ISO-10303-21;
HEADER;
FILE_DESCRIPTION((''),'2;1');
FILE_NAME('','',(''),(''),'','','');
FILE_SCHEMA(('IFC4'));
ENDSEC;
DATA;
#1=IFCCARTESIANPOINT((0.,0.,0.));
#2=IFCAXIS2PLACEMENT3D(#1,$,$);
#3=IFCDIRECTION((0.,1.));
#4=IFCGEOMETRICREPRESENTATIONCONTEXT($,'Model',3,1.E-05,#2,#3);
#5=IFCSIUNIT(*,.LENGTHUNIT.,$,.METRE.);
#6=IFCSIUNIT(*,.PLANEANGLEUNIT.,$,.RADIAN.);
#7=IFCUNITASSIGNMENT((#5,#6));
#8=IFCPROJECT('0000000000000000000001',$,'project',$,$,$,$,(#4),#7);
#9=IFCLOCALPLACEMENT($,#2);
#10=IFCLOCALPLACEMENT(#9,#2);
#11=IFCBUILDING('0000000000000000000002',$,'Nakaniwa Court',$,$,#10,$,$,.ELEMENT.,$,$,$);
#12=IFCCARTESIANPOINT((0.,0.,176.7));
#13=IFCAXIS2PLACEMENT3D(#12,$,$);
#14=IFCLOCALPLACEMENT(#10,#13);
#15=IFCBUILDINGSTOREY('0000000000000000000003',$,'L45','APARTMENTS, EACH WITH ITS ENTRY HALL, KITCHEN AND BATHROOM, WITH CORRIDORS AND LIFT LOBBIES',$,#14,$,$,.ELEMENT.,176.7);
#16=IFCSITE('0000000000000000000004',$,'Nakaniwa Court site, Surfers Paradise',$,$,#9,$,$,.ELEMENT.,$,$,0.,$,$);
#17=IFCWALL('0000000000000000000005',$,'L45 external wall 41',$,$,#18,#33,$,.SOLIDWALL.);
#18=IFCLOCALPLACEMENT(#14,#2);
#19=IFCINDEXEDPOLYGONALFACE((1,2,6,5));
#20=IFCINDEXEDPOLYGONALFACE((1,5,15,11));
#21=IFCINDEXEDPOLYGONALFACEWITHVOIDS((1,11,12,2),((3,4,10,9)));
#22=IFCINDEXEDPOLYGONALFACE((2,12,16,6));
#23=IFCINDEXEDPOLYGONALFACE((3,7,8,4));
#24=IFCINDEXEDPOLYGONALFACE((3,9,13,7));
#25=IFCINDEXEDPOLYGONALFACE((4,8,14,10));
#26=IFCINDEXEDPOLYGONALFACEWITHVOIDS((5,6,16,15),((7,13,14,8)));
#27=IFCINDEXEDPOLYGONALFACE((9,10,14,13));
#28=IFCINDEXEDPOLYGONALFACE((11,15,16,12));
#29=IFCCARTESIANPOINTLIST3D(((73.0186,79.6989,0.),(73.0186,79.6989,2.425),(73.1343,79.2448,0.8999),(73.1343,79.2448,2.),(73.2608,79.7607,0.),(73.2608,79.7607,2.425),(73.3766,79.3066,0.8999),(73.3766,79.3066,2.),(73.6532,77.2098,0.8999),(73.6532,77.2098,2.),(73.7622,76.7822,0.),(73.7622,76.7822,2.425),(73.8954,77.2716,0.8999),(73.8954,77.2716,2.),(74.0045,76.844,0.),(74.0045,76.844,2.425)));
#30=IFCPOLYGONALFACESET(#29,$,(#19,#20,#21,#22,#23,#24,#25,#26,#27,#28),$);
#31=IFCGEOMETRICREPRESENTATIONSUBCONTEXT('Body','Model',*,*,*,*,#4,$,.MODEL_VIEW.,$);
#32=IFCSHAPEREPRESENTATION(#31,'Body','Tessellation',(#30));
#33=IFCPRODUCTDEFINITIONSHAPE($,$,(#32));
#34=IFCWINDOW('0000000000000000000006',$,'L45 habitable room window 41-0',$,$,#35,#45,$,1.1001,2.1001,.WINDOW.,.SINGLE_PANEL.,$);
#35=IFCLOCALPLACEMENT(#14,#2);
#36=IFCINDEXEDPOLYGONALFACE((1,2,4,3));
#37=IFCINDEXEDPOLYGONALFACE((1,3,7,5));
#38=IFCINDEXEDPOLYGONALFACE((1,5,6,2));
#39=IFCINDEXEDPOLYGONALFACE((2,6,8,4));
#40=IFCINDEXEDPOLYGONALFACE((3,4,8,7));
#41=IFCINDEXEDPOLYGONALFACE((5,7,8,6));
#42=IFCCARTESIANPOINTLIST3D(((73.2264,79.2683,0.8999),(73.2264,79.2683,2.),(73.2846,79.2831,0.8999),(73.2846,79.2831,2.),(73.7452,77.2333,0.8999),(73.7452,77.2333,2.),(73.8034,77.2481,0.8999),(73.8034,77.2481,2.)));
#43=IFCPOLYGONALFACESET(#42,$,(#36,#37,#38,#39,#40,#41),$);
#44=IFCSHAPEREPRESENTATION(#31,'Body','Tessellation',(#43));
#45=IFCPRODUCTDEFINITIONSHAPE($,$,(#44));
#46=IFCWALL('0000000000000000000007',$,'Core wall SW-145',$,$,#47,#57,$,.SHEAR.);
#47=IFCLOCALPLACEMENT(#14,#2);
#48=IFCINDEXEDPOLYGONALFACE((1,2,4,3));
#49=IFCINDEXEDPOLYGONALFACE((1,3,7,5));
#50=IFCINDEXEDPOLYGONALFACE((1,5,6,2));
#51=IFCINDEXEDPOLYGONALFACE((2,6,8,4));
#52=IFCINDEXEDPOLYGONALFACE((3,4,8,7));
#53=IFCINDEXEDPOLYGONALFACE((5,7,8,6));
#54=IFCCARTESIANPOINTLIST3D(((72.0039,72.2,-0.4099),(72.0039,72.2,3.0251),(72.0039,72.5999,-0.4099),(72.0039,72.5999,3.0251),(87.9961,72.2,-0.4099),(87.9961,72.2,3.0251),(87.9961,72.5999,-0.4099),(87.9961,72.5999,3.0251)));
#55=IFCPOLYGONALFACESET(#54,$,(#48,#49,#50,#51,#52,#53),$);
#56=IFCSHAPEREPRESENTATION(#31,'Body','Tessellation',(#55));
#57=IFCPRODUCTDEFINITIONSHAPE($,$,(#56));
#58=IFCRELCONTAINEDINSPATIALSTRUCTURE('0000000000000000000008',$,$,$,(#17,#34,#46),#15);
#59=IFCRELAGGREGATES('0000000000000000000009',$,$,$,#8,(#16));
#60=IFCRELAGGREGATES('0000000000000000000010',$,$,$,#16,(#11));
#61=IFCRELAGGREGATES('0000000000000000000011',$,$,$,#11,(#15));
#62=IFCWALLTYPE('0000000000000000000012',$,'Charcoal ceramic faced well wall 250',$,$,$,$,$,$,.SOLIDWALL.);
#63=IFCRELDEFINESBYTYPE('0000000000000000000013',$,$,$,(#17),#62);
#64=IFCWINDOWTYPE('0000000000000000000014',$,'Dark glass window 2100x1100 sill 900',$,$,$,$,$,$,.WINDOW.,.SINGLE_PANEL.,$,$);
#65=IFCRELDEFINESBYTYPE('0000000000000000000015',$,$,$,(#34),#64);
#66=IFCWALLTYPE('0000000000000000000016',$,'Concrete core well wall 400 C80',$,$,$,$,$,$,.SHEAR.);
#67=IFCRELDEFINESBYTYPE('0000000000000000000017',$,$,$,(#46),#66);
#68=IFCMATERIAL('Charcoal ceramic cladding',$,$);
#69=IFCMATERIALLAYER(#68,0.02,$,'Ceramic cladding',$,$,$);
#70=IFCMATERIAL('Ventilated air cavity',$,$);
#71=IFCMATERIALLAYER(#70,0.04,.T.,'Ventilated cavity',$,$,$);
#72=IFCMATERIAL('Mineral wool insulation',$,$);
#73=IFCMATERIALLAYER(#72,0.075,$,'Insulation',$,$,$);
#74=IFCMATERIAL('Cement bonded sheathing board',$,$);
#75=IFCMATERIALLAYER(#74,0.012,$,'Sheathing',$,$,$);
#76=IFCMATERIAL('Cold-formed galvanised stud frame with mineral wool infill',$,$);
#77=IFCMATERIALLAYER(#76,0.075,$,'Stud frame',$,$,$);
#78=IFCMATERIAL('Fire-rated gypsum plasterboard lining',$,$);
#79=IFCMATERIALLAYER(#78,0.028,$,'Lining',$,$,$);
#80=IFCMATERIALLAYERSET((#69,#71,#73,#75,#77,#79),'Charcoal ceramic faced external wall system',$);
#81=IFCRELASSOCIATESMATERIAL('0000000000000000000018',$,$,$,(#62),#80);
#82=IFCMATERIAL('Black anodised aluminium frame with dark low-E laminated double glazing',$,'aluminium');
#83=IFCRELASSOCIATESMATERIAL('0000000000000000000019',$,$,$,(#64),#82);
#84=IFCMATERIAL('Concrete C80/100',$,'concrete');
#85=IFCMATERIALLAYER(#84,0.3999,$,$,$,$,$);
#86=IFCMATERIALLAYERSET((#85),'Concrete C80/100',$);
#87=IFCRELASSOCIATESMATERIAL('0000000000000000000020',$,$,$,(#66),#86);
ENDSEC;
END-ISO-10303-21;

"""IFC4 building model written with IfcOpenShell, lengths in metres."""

from ifc_helpers import new_model, si_unit, direction, frame, frame_2d, origin, place, context, subcontext, project, spatial, rectangle, extrude, material, layer, layer_set, type_object, element, fill, save


model = new_model("IFC4")

# Units and contexts
model_context = context("Model", 3, precision=1e-05, world=origin(), true_north=direction((0.0, 1.0)))
body_context = subcontext(model_context, "Body", "Model", "MODEL_VIEW")
ifc_project = project(units=[si_unit("LENGTHUNIT", "METRE"), si_unit("PLANEANGLEUNIT", "RADIAN")], contexts=[model_context])

# Site, building, storey
site_placement = place(None, origin())
site = spatial("IfcSite", under=ifc_project, at=site_placement, Name="Nakaniwa Court site, Surfers Paradise", CompositionType="ELEMENT", RefElevation=0.0)
building_placement = place(site_placement, origin())
building = spatial("IfcBuilding", under=site, at=building_placement, Name="Nakaniwa Court", CompositionType="ELEMENT")
storey_placement = place(building_placement, frame((0.0, 0.0, 176.7)))
storey = spatial("IfcBuildingStorey", under=building, at=storey_placement, Name="L45", Description="APARTMENTS, EACH WITH ITS ENTRY HALL, KITCHEN AND BATHROOM, WITH CORRIDORS AND LIFT LOBBIES", CompositionType="ELEMENT", Elevation=176.7)

# Shared definitions
ifc_material_1 = material(Name="Concrete C80/100", Category="concrete")

# Wall, opening, window
ifc_material_2 = material(Name="Charcoal ceramic cladding")
ifc_layer_1 = layer(ifc_material_2, 0.02, Name="Ceramic cladding")
ifc_material_3 = material(Name="Ventilated air cavity")
ifc_layer_2 = layer(ifc_material_3, 0.04, ventilated=True, Name="Ventilated cavity")
ifc_material_4 = material(Name="Mineral wool insulation")
ifc_layer_3 = layer(ifc_material_4, 0.075, Name="Insulation")
ifc_material_5 = material(Name="Cement bonded sheathing board")
ifc_layer_4 = layer(ifc_material_5, 0.012, Name="Sheathing")
ifc_material_6 = material(Name="Cold-formed galvanised stud frame with mineral wool infill")
ifc_layer_5 = layer(ifc_material_6, 0.075, Name="Stud frame")
ifc_material_7 = material(Name="Fire-rated gypsum plasterboard lining")
ifc_layer_6 = layer(ifc_material_7, 0.028, Name="Lining")
ifc_layer_set_1 = layer_set([ifc_layer_1, ifc_layer_2, ifc_layer_3, ifc_layer_4, ifc_layer_5, ifc_layer_6], Name="Charcoal ceramic faced external wall system")
wall_type_1 = type_object("IfcWallType", Name="Charcoal ceramic faced well wall 250", PredefinedType="SOLIDWALL", material=ifc_layer_set_1)
ifc_material_8 = material(Name="Black anodised aluminium frame with dark low-E laminated double glazing", Category="aluminium")
window_type = type_object("IfcWindowType", Name="Dark glass window 2100x1100 sill 900", PartitioningType="SINGLE_PANEL", PredefinedType="WINDOW", material=ifc_material_8)
wall_1_placement = place(storey_placement, frame((73.8833, 76.8132, 0.0), z_axis=(0.0, 0.0, 1.0), x_axis=(-0.247056, 0.969001, 0.0)))
wall_1 = element("IfcWall", 1, at=wall_1_placement, inside=storey, type_object=wall_type_1, Name="L45 external wall 41", PredefinedType="SOLIDWALL", context=body_context, shape_type="SweptSolid", body=[
    extrude(rectangle(XDim=3.01, YDim=0.25, at=frame_2d((1.5049, 0.0))), origin(), (0.0, 0.0, 1.0), 2.425),
])
opening_1_placement = place(wall_1_placement, frame((0.4412, 0.0, 0.8999)))
opening_1 = element("IfcOpeningElement", 2, at=opening_1_placement, cuts=wall_1, PredefinedType="OPENING", context=body_context, shape_type="SweptSolid", body=[
    extrude(rectangle(XDim=2.1001, YDim=1.1001, at=frame_2d((1.05, 0.55))), frame((0.0, 0.135, 0.0), z_axis=(0.0, -1.0, 0.0), x_axis=(1.0, 0.0, 0.0)), (0.0, 0.0, 1.0), 0.27),
])
window_1_placement = place(opening_1_placement, origin())
window_1 = element("IfcWindow", 3, at=window_1_placement, inside=storey, type_object=window_type, Name="L45 habitable room window 41-0", OverallHeight=1.1001, OverallWidth=2.1001, PartitioningType="SINGLE_PANEL", PredefinedType="WINDOW", context=body_context, shape_type="SweptSolid", body=[
    extrude(rectangle(XDim=2.1001, YDim=1.1001, at=frame_2d((1.05, 0.55))), frame((0.0, 0.03, 0.0), z_axis=(0.0, -1.0, 0.0), x_axis=(1.0, 0.0, 0.0)), (0.0, 0.0, 1.0), 0.0601),
])
fill(opening_1, window_1)

# Wall
ifc_layer_7 = layer(ifc_material_1, 0.3999)
ifc_layer_set_2 = layer_set([ifc_layer_7], Name="Concrete C80/100")
wall_type_2 = type_object("IfcWallType", Name="Concrete core well wall 400 C80", PredefinedType="SHEAR", material=ifc_layer_set_2)
wall_2_placement = place(storey_placement, frame((72.0039, 72.3999, -0.4099), z_axis=(0.0, 0.0, 1.0), x_axis=(1.0, 0.0, 0.0)))
element("IfcWall", 4, at=wall_2_placement, inside=storey, type_object=wall_type_2, Name="Core wall SW-145", PredefinedType="SHEAR", context=body_context, shape_type="SweptSolid", body=[
    extrude(rectangle(XDim=15.9922, YDim=0.3999, at=frame_2d((7.9961, 0.0))), origin(), (0.0, 0.0, 1.0), 3.4351),
])

save(model, "model.ifc")
